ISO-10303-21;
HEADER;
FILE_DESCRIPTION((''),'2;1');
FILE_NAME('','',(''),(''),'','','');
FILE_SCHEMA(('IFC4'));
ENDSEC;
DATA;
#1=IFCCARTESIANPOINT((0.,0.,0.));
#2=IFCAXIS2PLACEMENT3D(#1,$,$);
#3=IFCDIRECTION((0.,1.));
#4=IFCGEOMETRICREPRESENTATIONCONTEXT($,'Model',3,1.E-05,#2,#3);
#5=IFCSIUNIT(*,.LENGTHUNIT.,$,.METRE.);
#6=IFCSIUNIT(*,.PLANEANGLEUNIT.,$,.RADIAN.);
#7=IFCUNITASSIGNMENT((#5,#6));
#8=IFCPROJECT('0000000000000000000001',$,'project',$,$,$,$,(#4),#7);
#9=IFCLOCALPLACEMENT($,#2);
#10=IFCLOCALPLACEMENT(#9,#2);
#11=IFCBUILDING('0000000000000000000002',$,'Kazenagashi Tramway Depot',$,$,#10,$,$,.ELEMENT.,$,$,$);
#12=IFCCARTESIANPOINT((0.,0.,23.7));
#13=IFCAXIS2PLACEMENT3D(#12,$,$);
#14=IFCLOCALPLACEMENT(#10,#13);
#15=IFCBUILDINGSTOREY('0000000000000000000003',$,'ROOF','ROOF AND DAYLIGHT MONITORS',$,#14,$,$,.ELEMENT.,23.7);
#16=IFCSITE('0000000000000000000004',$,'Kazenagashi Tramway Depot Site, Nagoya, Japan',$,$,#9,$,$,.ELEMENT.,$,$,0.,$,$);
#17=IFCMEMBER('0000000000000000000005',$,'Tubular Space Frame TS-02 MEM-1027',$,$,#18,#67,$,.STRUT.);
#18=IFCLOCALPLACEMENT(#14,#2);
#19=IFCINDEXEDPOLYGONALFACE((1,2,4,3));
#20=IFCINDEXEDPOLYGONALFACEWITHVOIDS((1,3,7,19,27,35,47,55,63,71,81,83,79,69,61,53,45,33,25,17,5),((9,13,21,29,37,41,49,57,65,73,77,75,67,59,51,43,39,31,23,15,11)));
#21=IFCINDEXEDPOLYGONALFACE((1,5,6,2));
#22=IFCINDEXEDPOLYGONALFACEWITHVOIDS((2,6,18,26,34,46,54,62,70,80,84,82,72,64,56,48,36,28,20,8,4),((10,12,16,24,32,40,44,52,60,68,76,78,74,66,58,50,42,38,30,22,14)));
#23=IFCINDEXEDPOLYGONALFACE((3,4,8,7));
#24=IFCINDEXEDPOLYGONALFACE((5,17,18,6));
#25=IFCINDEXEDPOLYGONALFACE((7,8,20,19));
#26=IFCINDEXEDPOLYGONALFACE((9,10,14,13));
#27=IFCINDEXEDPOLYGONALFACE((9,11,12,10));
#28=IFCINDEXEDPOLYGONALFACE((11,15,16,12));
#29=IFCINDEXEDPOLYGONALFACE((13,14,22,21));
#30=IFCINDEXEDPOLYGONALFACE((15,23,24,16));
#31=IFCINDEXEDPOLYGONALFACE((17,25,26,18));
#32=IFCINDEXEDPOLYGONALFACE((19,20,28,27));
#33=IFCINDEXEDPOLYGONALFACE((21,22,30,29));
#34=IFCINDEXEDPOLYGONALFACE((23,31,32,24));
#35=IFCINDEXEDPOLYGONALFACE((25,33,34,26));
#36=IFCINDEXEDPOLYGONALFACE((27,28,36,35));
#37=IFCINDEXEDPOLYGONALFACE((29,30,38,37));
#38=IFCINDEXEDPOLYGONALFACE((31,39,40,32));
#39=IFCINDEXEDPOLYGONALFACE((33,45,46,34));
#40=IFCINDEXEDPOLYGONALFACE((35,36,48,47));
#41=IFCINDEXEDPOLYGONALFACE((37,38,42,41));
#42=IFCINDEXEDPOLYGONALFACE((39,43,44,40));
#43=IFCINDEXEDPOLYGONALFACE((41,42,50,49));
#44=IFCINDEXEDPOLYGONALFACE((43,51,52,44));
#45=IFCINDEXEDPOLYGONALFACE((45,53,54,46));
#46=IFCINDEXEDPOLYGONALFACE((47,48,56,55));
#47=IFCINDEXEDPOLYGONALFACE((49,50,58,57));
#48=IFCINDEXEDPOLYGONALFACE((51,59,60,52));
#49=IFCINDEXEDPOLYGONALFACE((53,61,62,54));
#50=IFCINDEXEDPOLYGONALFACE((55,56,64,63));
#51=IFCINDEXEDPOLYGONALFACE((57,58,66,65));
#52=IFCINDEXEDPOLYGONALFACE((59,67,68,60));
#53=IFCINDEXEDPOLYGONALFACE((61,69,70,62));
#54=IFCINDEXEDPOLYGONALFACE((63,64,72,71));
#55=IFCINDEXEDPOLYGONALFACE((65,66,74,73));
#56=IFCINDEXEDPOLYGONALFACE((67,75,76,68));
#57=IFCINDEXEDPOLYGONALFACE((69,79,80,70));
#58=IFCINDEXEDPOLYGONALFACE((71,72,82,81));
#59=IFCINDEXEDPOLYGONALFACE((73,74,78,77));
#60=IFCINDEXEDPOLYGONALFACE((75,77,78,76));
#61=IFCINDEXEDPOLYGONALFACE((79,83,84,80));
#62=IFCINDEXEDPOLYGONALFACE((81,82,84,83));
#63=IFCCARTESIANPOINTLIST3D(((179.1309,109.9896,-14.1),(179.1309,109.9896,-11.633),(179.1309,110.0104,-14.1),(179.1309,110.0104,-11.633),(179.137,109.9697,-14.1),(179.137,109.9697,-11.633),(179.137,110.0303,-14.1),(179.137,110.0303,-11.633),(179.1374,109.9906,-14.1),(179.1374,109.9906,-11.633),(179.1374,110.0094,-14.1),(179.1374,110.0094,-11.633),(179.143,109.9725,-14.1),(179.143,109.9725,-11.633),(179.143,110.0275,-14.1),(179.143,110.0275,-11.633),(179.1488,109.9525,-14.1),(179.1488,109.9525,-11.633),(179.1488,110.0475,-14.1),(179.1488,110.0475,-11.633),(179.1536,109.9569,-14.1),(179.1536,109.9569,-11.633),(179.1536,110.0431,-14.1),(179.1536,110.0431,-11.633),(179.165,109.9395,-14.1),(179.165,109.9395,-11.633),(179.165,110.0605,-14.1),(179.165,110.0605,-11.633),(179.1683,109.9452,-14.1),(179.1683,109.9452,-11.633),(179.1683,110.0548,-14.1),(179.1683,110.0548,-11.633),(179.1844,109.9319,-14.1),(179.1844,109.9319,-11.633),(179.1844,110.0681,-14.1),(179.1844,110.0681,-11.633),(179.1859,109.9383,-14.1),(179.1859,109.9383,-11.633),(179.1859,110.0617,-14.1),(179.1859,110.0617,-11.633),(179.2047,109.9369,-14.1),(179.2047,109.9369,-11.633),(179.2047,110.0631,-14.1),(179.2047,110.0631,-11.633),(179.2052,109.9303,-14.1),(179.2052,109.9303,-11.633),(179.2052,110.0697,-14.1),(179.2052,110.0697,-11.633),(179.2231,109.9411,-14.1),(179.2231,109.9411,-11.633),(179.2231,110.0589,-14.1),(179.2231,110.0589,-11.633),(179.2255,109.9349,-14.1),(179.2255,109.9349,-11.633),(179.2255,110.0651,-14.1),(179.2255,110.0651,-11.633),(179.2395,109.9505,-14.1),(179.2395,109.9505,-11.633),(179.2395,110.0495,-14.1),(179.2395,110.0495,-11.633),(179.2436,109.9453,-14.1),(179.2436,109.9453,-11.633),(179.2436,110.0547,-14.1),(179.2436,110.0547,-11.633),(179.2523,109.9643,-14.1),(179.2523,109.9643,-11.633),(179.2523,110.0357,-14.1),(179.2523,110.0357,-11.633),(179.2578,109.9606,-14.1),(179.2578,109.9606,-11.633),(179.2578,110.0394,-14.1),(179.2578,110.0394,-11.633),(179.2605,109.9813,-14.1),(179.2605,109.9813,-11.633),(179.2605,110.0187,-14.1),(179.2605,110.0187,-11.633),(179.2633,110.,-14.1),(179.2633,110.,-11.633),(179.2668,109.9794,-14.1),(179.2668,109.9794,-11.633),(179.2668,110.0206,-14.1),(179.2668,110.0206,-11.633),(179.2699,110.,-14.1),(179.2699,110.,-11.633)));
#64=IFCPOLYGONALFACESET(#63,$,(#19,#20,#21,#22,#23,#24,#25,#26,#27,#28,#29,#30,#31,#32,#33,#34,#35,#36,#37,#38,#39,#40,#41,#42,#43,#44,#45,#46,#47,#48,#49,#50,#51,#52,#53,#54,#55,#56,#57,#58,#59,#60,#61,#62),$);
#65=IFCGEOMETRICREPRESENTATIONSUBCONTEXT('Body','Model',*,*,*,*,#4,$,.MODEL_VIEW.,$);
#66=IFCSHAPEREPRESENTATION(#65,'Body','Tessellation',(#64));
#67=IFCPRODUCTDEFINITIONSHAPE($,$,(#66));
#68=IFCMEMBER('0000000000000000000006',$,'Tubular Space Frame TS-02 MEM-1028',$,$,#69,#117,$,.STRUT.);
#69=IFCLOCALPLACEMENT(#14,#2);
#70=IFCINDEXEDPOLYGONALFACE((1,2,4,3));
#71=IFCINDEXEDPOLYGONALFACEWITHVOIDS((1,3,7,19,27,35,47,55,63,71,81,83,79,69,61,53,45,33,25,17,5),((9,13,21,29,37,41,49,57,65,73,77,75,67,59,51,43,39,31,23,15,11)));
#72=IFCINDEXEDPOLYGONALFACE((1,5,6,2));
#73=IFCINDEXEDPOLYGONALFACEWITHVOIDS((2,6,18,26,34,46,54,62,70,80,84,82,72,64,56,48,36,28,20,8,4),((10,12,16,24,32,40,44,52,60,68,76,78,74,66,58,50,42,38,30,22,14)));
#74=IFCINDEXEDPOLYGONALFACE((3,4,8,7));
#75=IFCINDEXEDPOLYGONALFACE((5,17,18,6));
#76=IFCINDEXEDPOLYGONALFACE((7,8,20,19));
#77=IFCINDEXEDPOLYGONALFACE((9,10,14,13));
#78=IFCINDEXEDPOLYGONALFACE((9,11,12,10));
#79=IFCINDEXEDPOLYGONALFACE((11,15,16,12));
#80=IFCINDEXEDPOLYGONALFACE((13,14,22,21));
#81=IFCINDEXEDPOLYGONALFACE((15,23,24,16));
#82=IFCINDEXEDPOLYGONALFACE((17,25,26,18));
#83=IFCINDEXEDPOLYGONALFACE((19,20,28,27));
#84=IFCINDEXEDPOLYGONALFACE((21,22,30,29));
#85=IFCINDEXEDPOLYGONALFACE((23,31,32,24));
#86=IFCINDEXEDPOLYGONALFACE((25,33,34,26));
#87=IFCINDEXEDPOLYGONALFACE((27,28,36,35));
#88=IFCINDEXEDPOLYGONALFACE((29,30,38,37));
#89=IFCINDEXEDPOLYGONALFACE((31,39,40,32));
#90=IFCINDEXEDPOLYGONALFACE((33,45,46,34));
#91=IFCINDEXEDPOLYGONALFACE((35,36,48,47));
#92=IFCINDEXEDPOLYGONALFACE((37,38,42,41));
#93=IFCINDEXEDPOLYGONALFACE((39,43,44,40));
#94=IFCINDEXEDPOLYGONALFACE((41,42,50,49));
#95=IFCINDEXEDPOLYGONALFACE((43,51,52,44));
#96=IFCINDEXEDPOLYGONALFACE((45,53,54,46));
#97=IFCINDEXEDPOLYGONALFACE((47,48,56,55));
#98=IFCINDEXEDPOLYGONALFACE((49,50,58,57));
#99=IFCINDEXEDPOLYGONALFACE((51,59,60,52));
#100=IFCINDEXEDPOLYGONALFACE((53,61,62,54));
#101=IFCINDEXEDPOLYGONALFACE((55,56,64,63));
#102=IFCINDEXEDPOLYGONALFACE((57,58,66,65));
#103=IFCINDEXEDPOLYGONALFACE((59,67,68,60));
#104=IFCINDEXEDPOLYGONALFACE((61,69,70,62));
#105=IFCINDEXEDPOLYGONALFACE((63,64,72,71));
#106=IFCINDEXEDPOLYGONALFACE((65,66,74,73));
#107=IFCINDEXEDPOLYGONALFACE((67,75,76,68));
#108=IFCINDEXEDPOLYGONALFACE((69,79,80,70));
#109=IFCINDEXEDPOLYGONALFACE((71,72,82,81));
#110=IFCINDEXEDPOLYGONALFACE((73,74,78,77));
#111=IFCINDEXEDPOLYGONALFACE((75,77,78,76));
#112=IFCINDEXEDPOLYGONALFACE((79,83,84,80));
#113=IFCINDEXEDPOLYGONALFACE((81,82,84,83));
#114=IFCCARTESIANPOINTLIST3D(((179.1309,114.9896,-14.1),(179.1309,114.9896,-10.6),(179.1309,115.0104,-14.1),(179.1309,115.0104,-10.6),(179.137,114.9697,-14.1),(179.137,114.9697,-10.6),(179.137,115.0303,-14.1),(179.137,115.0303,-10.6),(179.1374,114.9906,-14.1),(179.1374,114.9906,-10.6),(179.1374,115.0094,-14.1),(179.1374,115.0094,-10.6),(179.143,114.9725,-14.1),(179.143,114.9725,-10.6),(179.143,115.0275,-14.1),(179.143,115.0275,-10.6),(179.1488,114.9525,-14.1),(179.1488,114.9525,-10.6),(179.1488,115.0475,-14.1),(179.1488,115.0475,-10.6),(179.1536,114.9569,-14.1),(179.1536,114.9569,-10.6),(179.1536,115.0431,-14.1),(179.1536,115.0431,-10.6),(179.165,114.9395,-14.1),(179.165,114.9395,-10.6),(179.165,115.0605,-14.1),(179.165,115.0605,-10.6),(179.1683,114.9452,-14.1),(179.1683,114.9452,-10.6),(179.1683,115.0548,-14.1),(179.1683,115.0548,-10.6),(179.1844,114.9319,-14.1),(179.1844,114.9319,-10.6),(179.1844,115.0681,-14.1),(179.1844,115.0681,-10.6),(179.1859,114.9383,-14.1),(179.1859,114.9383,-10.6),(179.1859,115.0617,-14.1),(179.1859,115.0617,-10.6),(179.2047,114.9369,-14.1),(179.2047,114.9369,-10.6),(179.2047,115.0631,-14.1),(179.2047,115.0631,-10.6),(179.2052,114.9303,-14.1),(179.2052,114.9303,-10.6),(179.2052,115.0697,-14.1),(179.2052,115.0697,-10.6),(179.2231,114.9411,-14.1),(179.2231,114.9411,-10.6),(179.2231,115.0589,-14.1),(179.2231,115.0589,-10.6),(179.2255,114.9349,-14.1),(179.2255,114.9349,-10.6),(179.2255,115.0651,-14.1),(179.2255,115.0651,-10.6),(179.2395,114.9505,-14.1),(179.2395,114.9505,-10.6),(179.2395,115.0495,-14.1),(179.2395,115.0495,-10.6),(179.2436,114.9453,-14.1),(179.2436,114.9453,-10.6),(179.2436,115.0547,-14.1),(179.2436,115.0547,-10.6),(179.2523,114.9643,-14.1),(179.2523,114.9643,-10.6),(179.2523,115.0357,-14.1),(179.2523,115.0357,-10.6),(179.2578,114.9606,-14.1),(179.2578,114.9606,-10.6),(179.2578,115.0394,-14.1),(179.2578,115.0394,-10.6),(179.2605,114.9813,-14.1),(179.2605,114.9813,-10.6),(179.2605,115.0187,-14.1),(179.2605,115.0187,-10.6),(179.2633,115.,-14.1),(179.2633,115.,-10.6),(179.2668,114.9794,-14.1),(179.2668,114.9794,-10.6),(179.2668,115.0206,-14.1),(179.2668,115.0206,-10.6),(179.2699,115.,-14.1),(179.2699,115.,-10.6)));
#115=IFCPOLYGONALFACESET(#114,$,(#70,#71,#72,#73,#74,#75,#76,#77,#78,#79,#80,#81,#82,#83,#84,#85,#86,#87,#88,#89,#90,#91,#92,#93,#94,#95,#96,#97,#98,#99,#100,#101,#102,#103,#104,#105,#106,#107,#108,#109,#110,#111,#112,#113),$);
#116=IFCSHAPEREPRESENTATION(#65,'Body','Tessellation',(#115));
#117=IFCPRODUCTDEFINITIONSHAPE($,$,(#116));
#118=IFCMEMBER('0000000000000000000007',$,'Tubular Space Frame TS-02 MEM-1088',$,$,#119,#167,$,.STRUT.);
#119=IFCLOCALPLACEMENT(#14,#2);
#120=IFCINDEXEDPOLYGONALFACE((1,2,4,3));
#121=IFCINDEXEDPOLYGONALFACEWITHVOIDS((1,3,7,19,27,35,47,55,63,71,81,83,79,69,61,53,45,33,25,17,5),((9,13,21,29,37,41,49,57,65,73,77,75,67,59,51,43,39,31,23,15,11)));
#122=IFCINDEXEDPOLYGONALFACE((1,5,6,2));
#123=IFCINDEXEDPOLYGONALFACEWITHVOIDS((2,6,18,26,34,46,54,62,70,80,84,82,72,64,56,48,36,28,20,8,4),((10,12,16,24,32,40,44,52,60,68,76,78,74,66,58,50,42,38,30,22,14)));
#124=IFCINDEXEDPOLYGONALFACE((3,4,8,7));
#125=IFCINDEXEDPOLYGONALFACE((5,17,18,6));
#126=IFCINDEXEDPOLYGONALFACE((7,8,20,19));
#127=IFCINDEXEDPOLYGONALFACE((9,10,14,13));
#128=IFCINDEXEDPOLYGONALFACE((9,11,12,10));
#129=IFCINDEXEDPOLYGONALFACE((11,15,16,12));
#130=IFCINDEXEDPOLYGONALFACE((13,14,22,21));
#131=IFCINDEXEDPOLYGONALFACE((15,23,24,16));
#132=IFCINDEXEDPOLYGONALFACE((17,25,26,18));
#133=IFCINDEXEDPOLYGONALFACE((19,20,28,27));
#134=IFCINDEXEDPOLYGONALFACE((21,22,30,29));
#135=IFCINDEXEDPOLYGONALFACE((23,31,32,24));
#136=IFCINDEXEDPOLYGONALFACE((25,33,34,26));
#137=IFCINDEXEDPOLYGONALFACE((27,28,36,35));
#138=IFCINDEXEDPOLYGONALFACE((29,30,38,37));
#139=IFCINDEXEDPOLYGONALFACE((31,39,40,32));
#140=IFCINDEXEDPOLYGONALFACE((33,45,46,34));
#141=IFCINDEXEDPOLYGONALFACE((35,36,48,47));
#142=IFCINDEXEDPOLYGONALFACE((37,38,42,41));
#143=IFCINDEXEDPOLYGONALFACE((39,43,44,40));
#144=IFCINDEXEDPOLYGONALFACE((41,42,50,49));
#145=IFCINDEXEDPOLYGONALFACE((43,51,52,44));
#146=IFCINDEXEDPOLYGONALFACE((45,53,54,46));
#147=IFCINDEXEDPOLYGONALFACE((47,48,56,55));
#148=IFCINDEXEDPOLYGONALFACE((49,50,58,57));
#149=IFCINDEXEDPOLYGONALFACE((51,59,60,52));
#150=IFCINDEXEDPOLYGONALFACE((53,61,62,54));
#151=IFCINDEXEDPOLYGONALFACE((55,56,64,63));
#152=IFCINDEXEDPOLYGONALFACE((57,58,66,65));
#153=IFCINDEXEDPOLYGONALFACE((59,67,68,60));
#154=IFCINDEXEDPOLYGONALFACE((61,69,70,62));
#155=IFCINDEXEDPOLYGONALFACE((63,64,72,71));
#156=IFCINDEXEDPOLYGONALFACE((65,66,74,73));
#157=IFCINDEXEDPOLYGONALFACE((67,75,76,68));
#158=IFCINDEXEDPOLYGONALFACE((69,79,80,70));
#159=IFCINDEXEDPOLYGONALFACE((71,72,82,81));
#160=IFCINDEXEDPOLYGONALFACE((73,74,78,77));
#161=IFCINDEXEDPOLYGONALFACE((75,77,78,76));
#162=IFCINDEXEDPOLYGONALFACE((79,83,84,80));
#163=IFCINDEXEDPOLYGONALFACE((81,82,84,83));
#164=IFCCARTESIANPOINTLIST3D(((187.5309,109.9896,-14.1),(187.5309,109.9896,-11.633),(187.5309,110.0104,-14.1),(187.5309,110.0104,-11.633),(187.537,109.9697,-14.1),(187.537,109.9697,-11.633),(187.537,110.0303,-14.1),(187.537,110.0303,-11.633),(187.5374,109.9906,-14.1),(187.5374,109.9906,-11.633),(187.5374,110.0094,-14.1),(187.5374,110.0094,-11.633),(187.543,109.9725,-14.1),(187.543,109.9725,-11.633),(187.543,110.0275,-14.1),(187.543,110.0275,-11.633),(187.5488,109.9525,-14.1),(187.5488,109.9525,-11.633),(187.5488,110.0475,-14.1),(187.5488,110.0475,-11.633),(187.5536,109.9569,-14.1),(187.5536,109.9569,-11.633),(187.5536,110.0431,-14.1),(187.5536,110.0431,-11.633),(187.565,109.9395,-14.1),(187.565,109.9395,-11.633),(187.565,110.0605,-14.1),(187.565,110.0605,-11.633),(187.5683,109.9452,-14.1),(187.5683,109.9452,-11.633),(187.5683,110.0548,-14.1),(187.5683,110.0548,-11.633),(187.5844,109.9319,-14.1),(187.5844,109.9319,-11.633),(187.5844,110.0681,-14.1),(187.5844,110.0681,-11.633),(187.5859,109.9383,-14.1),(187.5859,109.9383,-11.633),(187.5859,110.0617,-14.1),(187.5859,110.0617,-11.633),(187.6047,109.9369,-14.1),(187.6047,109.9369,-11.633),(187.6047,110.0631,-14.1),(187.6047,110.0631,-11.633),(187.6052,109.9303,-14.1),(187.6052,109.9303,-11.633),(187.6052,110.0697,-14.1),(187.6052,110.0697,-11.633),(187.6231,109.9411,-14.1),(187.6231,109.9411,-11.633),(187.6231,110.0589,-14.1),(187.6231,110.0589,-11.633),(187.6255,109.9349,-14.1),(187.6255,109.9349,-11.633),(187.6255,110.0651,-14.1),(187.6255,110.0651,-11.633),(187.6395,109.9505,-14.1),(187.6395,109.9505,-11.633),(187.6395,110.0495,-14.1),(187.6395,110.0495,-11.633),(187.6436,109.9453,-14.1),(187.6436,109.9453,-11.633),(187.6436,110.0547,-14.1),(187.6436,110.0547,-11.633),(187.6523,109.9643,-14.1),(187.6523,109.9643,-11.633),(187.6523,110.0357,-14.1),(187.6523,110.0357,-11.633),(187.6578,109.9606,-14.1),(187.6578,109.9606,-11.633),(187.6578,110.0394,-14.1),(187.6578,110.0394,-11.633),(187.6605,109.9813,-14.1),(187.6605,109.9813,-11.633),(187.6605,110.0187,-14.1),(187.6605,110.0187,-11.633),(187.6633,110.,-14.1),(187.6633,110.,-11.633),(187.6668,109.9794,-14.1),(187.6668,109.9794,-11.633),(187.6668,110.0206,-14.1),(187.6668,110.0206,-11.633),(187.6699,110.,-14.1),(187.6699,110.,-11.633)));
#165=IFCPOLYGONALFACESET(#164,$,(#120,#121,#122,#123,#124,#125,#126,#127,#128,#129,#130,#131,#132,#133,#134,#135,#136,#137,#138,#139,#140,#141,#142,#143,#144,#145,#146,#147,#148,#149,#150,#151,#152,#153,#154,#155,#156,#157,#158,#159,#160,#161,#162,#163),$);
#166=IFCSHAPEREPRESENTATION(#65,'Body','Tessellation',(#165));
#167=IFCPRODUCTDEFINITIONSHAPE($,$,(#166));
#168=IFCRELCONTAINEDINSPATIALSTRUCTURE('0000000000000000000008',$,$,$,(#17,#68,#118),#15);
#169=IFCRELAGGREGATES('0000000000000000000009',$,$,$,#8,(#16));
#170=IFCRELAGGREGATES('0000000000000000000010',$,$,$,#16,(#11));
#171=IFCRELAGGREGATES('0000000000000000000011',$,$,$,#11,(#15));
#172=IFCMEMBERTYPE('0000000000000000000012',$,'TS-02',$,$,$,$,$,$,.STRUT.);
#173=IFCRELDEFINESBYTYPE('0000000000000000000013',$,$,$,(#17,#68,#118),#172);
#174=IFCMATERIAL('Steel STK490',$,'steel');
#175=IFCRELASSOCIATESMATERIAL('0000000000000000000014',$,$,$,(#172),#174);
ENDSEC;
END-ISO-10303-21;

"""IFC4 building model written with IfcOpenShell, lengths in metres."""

from ifc_helpers import new_model, si_unit, direction, frame, origin, origin_2d, place, context, subcontext, project, spatial, hollow_circle, extrude, material, material_profile, profile_set, type_object, element, save


model = new_model("IFC4")

# Units and contexts
model_context = context("Model", 3, precision=1e-05, world=origin(), true_north=direction((0.0, 1.0)))
body_context = subcontext(model_context, "Body", "Model", "MODEL_VIEW")
ifc_project = project(units=[si_unit("LENGTHUNIT", "METRE"), si_unit("PLANEANGLEUNIT", "RADIAN")], contexts=[model_context])

# Site, building, storey
site_placement = place(None, origin())
site = spatial("IfcSite", under=ifc_project, at=site_placement, Name="Kazenagashi Tramway Depot Site, Nagoya, Japan", CompositionType="ELEMENT", RefElevation=0.0)
building_placement = place(site_placement, origin())
building = spatial("IfcBuilding", under=site, at=building_placement, Name="Kazenagashi Tramway Depot", CompositionType="ELEMENT")
storey_placement = place(building_placement, frame((0.0, 0.0, 23.7)))
storey = spatial("IfcBuildingStorey", under=building, at=storey_placement, Name="ROOF", Description="ROOF AND DAYLIGHT MONITORS", CompositionType="ELEMENT", Elevation=23.7)

# Members
ifc_material_1 = material(Name="Steel STK490", Category="steel")
ifc_material_profile_1 = material_profile(ifc_material_1, hollow_circle(Radius=0.0699, WallThickness=0.0066, at=origin_2d()), Name="CHS-139.8x6.6")
ifc_profile_set_1 = profile_set([ifc_material_profile_1], Name="Steel STK490")
member_type_1 = type_object("IfcMemberType", Name="TS-02", PredefinedType="STRUT", material=ifc_profile_set_1)
member_1_placement = place(storey_placement, frame((179.2, 110.0, -14.1), z_axis=(0.0, 0.0, 1.0), x_axis=(1.0, 0.0, 0.0)))
element("IfcMember", 1, at=member_1_placement, inside=storey, type_object=member_type_1, Name="Tubular Space Frame TS-02 MEM-1027", PredefinedType="STRUT", context=body_context, shape_type="SweptSolid", body=[
    extrude(hollow_circle(Radius=0.0699, WallThickness=0.0066, at=origin_2d()), origin(), (0.0, 0.0, 1.0), 2.467),
])
member_2_placement = place(storey_placement, frame((179.2, 115.0, -14.1), z_axis=(0.0, 0.0, 1.0), x_axis=(1.0, 0.0, 0.0)))
element("IfcMember", 2, at=member_2_placement, inside=storey, type_object=member_type_1, Name="Tubular Space Frame TS-02 MEM-1028", PredefinedType="STRUT", context=body_context, shape_type="SweptSolid", body=[
    extrude(hollow_circle(Radius=0.0699, WallThickness=0.0066, at=origin_2d()), origin(), (0.0, 0.0, 1.0), 3.5),
])
member_3_placement = place(storey_placement, frame((187.6, 110.0, -14.1), z_axis=(0.0, 0.0, 1.0), x_axis=(1.0, 0.0, 0.0)))
element("IfcMember", 3, at=member_3_placement, inside=storey, type_object=member_type_1, Name="Tubular Space Frame TS-02 MEM-1088", PredefinedType="STRUT", context=body_context, shape_type="SweptSolid", body=[
    extrude(hollow_circle(Radius=0.0699, WallThickness=0.0066, at=origin_2d()), origin(), (0.0, 0.0, 1.0), 2.467),
])

save(model, "model.ifc")
